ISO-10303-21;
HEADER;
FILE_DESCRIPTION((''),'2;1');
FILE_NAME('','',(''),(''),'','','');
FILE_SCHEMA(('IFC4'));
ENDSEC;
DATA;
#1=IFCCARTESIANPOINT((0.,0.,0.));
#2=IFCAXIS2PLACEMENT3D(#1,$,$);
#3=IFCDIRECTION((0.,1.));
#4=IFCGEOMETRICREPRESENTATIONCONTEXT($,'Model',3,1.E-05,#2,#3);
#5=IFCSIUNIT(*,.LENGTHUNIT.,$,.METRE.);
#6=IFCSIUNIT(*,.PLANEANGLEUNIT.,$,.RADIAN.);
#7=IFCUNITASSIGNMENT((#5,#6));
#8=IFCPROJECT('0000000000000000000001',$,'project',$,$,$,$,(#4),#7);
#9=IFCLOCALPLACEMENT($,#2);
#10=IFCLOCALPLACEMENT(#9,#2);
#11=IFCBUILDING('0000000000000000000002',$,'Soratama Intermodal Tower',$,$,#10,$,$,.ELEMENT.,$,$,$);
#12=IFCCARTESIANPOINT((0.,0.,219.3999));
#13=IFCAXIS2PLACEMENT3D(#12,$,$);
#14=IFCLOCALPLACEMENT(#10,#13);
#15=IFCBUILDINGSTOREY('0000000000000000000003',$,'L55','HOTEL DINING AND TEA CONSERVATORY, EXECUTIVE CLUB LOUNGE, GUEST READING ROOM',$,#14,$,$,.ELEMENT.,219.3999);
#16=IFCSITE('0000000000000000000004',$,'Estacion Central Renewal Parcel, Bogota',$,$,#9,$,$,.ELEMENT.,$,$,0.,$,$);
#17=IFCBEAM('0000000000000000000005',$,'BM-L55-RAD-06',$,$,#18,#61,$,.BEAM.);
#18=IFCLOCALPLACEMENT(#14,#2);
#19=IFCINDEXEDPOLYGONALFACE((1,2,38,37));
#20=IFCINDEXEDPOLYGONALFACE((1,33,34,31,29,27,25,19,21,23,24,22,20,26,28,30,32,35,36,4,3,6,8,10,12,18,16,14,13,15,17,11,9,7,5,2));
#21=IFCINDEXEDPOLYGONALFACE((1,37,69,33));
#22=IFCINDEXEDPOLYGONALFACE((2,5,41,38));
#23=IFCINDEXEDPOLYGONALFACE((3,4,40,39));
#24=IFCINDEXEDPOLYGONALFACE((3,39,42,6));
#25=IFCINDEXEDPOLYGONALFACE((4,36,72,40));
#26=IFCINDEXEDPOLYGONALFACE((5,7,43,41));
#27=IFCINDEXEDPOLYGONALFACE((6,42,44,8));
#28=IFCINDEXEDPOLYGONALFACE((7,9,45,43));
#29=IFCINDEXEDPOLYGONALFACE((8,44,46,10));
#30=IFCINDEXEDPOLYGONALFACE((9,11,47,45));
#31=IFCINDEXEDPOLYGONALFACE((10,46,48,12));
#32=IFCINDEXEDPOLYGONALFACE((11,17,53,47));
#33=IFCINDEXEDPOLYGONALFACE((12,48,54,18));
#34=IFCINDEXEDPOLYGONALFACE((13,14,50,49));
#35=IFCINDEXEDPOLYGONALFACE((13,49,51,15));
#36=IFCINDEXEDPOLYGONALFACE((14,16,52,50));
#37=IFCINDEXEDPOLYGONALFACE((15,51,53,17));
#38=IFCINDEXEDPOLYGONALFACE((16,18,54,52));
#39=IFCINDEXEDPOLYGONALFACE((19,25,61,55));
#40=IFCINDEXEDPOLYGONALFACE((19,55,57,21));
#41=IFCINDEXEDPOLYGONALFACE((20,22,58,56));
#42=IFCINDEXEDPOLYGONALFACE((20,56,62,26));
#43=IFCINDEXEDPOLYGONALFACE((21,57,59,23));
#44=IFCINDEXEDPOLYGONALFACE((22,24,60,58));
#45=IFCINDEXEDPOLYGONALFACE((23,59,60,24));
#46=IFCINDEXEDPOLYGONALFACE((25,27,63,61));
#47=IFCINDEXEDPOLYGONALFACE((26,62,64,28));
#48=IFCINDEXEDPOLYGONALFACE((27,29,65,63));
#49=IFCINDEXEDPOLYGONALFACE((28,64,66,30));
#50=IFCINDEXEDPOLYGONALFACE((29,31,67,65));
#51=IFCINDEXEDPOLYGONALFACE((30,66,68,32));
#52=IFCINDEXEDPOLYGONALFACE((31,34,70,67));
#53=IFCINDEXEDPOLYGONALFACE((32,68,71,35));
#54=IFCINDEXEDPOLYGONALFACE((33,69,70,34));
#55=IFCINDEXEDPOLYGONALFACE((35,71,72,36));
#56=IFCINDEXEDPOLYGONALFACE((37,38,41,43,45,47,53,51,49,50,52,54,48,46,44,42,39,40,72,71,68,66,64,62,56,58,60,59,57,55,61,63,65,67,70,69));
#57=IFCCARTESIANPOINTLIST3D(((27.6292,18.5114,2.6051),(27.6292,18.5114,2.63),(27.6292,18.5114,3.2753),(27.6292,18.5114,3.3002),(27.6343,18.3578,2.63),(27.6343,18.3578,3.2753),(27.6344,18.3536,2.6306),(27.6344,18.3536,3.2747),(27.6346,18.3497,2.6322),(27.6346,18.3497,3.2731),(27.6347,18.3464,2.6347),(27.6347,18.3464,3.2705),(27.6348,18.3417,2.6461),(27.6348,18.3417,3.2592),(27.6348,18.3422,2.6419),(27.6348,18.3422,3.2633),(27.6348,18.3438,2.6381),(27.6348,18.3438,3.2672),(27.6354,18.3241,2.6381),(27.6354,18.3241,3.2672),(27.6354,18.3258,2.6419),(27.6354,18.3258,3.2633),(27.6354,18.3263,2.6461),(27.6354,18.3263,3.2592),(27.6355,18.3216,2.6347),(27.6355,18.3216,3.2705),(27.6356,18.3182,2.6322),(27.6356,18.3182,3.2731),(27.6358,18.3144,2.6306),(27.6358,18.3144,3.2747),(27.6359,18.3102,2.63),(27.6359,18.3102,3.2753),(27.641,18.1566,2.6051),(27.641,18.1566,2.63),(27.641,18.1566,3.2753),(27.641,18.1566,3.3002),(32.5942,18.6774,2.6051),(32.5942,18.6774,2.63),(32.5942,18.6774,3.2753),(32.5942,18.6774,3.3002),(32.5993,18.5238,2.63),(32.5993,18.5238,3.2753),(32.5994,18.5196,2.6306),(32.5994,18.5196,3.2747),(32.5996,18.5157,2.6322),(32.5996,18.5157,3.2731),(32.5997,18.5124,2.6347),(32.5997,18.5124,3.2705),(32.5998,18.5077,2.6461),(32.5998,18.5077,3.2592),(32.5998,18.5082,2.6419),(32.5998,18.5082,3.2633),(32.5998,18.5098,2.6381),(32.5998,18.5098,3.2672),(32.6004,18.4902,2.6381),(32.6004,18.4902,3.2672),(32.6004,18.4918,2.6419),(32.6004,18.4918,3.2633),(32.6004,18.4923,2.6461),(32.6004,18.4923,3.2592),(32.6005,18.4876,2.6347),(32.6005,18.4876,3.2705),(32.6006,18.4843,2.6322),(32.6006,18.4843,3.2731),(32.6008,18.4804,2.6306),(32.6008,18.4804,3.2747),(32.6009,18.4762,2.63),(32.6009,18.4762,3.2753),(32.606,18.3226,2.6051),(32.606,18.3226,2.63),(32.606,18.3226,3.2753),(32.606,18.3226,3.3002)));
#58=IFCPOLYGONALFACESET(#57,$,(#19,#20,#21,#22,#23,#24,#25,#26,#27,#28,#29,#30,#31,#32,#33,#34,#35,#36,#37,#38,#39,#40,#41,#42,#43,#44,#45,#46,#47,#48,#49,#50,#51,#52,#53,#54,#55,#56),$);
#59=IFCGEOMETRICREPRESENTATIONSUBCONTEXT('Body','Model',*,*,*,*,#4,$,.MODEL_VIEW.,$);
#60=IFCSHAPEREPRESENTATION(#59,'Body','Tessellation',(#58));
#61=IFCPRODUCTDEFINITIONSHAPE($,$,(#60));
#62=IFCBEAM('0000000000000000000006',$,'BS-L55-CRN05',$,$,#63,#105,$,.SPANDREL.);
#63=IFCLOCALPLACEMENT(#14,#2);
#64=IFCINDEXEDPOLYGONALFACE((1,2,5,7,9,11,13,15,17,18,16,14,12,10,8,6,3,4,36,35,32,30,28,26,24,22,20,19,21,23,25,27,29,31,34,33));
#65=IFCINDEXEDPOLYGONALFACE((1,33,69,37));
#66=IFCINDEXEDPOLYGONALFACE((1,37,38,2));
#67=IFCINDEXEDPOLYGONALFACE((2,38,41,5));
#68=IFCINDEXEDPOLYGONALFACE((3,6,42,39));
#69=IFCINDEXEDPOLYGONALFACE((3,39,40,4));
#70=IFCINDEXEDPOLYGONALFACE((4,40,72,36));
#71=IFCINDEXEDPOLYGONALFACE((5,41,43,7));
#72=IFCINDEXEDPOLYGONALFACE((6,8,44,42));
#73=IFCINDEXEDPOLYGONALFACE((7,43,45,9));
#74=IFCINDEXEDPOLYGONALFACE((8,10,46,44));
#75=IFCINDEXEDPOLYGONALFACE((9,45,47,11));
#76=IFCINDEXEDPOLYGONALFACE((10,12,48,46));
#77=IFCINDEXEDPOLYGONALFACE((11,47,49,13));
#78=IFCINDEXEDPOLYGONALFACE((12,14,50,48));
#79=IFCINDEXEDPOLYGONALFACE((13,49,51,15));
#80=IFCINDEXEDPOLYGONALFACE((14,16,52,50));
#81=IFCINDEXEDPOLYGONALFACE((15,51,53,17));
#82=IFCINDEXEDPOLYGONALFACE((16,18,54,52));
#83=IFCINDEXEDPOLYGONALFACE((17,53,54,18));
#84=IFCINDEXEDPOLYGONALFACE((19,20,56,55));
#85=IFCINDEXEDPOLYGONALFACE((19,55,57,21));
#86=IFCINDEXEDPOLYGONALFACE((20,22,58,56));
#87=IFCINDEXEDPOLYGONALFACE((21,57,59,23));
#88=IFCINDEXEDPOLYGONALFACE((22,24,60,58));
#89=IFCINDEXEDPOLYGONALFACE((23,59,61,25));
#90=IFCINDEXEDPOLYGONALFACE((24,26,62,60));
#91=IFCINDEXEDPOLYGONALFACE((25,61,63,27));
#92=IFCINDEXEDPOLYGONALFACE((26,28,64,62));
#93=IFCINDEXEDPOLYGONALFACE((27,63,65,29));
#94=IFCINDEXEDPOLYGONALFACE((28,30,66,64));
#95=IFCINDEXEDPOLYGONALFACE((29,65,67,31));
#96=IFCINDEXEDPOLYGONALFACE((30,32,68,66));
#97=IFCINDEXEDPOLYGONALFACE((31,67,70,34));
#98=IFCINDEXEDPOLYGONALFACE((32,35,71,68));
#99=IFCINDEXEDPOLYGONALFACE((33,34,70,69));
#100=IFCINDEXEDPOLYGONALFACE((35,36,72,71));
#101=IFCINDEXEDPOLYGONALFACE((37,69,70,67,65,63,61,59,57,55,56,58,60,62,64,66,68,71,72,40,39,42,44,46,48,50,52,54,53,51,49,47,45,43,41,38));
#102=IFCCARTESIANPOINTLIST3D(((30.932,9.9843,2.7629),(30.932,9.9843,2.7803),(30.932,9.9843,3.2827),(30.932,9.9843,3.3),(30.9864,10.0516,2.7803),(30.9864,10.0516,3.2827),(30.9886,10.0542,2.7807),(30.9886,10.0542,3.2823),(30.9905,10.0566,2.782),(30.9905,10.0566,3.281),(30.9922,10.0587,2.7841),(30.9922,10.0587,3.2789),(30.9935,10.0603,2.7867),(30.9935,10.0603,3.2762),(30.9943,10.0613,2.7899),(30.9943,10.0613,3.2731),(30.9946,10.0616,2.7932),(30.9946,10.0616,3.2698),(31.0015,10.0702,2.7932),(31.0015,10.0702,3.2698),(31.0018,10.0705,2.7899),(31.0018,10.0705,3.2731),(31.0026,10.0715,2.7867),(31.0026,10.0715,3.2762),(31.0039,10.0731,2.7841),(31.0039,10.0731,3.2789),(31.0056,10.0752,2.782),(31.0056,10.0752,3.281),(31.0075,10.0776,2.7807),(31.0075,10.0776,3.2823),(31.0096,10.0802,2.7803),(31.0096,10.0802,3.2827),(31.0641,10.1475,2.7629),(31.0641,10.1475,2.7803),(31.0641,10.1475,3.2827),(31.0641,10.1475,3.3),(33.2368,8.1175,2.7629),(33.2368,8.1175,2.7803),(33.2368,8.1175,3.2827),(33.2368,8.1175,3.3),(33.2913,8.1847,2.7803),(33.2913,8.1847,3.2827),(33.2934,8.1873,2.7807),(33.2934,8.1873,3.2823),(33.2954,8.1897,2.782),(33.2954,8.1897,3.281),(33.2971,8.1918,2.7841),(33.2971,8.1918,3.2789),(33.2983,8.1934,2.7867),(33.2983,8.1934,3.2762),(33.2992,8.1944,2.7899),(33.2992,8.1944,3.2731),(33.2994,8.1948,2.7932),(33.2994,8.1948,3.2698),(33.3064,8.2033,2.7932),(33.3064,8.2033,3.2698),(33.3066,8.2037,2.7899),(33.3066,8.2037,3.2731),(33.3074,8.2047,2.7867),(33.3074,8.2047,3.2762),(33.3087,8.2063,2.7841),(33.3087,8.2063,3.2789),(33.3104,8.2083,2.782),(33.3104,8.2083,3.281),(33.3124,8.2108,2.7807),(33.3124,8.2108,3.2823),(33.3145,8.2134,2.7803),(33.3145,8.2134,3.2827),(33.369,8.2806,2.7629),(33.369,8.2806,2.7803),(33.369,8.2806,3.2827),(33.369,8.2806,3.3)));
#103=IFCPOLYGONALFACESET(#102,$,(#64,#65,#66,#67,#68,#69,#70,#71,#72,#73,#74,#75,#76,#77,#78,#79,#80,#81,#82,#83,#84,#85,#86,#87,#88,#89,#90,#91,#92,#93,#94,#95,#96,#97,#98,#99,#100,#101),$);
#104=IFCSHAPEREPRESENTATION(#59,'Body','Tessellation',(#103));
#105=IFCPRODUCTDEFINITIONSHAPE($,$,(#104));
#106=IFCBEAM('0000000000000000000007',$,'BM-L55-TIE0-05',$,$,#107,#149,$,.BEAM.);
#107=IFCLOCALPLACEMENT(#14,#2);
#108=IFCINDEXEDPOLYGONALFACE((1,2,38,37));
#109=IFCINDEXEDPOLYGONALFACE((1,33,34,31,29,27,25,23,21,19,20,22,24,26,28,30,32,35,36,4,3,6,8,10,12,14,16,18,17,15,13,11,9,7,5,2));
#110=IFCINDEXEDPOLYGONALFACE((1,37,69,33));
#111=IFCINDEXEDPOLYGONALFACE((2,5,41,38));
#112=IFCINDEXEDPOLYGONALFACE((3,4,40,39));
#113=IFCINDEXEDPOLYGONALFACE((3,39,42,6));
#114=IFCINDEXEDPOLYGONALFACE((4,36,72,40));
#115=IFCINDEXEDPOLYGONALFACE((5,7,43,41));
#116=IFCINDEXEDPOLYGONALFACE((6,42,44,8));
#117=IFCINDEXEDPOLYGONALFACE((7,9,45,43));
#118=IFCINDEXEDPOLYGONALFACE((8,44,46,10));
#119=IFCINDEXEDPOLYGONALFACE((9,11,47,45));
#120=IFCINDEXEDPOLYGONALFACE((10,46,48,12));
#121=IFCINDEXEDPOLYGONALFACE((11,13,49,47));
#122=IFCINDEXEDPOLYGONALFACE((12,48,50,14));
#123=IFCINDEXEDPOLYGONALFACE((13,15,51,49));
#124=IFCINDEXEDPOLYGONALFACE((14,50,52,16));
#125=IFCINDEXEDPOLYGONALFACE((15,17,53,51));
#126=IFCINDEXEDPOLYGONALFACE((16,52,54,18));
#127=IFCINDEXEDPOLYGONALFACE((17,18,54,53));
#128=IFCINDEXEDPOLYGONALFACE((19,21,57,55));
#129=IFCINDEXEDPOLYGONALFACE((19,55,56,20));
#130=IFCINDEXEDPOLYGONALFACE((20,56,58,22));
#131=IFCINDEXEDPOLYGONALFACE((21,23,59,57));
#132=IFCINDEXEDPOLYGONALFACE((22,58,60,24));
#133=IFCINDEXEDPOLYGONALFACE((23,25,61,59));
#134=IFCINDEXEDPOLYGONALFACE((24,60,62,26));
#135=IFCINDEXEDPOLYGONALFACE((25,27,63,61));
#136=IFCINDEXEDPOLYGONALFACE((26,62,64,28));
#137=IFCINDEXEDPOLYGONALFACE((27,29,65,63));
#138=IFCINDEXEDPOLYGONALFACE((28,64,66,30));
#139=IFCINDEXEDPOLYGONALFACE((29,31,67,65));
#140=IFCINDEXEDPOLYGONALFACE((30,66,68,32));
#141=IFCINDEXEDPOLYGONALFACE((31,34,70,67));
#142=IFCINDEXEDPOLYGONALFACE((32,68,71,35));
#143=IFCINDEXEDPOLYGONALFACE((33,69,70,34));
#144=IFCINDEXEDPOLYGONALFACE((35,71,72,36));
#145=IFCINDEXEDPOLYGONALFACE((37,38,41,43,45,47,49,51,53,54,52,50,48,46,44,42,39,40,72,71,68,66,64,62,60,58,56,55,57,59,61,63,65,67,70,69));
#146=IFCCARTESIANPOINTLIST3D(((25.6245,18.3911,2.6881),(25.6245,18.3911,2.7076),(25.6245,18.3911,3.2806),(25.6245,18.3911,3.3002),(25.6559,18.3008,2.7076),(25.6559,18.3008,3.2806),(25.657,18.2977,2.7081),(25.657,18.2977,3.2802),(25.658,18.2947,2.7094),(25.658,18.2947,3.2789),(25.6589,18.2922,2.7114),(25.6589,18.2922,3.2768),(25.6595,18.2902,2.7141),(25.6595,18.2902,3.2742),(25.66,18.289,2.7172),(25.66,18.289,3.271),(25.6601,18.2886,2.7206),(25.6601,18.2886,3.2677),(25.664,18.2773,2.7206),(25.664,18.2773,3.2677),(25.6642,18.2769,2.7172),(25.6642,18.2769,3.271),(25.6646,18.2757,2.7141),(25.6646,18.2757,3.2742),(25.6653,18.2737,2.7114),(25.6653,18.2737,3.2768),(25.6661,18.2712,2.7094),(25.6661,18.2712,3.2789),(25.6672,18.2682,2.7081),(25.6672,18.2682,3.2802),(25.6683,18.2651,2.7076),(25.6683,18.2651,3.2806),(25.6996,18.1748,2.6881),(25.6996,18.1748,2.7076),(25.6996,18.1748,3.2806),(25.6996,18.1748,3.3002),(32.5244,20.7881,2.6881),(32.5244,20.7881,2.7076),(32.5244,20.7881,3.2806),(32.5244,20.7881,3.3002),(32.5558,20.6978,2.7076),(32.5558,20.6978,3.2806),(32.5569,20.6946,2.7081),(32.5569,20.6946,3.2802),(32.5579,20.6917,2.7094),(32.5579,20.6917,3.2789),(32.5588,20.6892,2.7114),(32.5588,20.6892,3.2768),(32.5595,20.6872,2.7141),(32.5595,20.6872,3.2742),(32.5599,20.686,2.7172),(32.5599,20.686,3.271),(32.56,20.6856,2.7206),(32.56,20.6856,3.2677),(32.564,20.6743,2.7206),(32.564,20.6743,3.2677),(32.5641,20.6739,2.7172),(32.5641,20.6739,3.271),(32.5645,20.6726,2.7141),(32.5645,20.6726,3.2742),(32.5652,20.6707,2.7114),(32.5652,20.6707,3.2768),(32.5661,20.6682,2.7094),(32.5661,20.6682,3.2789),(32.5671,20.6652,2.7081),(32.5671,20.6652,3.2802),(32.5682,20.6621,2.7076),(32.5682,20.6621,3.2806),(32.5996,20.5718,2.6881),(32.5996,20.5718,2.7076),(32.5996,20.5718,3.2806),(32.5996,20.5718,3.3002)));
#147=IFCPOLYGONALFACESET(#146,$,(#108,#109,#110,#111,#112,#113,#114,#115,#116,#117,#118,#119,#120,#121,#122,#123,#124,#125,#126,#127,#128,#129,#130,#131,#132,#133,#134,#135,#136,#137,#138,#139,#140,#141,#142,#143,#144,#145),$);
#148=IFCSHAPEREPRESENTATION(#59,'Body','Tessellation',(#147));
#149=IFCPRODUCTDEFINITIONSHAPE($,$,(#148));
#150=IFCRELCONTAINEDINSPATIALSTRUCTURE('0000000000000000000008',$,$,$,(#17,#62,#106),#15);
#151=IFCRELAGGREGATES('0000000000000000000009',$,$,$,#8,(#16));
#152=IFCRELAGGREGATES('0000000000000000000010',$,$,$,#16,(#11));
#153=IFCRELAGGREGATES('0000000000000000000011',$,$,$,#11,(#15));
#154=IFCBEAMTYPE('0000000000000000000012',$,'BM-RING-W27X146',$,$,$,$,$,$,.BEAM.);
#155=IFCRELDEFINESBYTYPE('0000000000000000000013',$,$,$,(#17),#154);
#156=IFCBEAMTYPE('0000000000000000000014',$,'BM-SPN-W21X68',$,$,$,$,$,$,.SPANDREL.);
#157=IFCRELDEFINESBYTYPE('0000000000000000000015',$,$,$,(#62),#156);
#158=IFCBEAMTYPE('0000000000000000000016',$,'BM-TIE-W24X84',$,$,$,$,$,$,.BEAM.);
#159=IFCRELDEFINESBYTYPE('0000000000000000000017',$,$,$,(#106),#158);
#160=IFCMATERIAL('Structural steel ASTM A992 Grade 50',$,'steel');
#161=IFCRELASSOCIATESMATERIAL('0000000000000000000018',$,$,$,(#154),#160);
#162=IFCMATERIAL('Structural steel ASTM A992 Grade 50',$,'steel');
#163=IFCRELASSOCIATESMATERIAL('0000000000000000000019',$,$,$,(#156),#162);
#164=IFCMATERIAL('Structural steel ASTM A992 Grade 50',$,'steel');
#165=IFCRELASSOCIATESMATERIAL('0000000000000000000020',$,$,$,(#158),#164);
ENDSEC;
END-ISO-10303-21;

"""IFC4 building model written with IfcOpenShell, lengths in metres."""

from ifc_helpers import new_model, si_unit, direction, frame, origin, origin_2d, place, context, subcontext, project, spatial, i_section, extrude, material, material_profile, profile_set, type_object, element, save


model = new_model("IFC4")

# Units and contexts
model_context = context("Model", 3, precision=1e-05, world=origin(), true_north=direction((0.0, 1.0)))
body_context = subcontext(model_context, "Body", "Model", "MODEL_VIEW")
ifc_project = project(units=[si_unit("LENGTHUNIT", "METRE"), si_unit("PLANEANGLEUNIT", "RADIAN")], contexts=[model_context])

# Site, building, storey
site_placement = place(None, origin())
site = spatial("IfcSite", under=ifc_project, at=site_placement, Name="Estacion Central Renewal Parcel, Bogota", CompositionType="ELEMENT", RefElevation=0.0)
building_placement = place(site_placement, origin())
building = spatial("IfcBuilding", under=site, at=building_placement, Name="Soratama Intermodal Tower", CompositionType="ELEMENT")
storey_placement = place(building_placement, frame((0.0, 0.0, 219.3999)))
storey = spatial("IfcBuildingStorey", under=building, at=storey_placement, Name="L55", Description="HOTEL DINING AND TEA CONSERVATORY, EXECUTIVE CLUB LOUNGE, GUEST READING ROOM", CompositionType="ELEMENT", Elevation=219.3999)

# Beams
ifc_material_1 = material(Name="Structural steel ASTM A992 Grade 50", Category="steel")
ifc_material_profile_1 = material_profile(ifc_material_1, i_section(OverallWidth=0.355, OverallDepth=0.6951, WebThickness=0.0154, FlangeThickness=0.0249, FilletRadius=0.0161, at=origin_2d()), Name="W27X146")
ifc_profile_set_1 = profile_set([ifc_material_profile_1], Name="Structural steel ASTM A992 Grade 50")
beam_type_1 = type_object("IfcBeamType", Name="BM-RING-W27X146", PredefinedType="BEAM", material=ifc_profile_set_1)
beam_1_placement = place(storey_placement, frame((32.6001, 18.5, 2.9526), z_axis=(-0.999441, -0.033418, 0.0), x_axis=(0.033418, -0.999441, 0.0)))
element("IfcBeam", 1, at=beam_1_placement, inside=storey, type_object=beam_type_1, Name="BM-L55-RAD-06", PredefinedType="BEAM", context=body_context, shape_type="SweptSolid", body=[
    extrude(i_section(OverallWidth=0.355, OverallDepth=0.6951, WebThickness=0.0154, FlangeThickness=0.0249, FilletRadius=0.0161, at=origin_2d()), origin(), (0.0, 0.0, 1.0), 4.9678),
])
ifc_material_2 = material(Name="Structural steel ASTM A992 Grade 50", Category="steel")
ifc_material_profile_2 = material_profile(ifc_material_2, i_section(OverallWidth=0.21, OverallDepth=0.5371, WebThickness=0.011, FlangeThickness=0.0173, FilletRadius=0.0129, at=origin_2d()), Name="W21X68")
ifc_profile_set_2 = profile_set([ifc_material_profile_2], Name="Structural steel ASTM A992 Grade 50")
beam_type_2 = type_object("IfcBeamType", Name="BM-SPN-W21X68", PredefinedType="SPANDREL", material=ifc_profile_set_2)
beam_2_placement = place(storey_placement, frame((30.998, 10.0659, 3.0315), z_axis=(0.777072, -0.629411, 0.0), x_axis=(0.629411, 0.777072, 0.0)))
element("IfcBeam", 2, at=beam_2_placement, inside=storey, type_object=beam_type_2, Name="BS-L55-CRN05", PredefinedType="SPANDREL", context=body_context, shape_type="SweptSolid", body=[
    extrude(i_section(OverallWidth=0.21, OverallDepth=0.5371, WebThickness=0.011, FlangeThickness=0.0173, FilletRadius=0.0129, at=origin_2d()), origin(), (0.0, 0.0, 1.0), 2.9661),
])
ifc_material_3 = material(Name="Structural steel ASTM A992 Grade 50", Category="steel")
ifc_material_profile_3 = material_profile(ifc_material_3, i_section(OverallWidth=0.229, OverallDepth=0.6121, WebThickness=0.012, FlangeThickness=0.0195, FilletRadius=0.0129, at=origin_2d()), Name="W24X84")
ifc_profile_set_3 = profile_set([ifc_material_profile_3], Name="Structural steel ASTM A992 Grade 50")
beam_type_3 = type_object("IfcBeamType", Name="BM-TIE-W24X84", PredefinedType="BEAM", material=ifc_profile_set_3)
beam_3_placement = place(storey_placement, frame((32.562, 20.6799, 2.9941), z_axis=(-0.944624, -0.328155, 0.0), x_axis=(0.328155, -0.944624, 0.0)))
element("IfcBeam", 3, at=beam_3_placement, inside=storey, type_object=beam_type_3, Name="BM-L55-TIE0-05", PredefinedType="BEAM", context=body_context, shape_type="SweptSolid", body=[
    extrude(i_section(OverallWidth=0.229, OverallDepth=0.6121, WebThickness=0.012, FlangeThickness=0.0195, FilletRadius=0.0129, at=origin_2d()), origin(), (0.0, 0.0, 1.0), 7.3044),
])

save(model, "model.ifc")
